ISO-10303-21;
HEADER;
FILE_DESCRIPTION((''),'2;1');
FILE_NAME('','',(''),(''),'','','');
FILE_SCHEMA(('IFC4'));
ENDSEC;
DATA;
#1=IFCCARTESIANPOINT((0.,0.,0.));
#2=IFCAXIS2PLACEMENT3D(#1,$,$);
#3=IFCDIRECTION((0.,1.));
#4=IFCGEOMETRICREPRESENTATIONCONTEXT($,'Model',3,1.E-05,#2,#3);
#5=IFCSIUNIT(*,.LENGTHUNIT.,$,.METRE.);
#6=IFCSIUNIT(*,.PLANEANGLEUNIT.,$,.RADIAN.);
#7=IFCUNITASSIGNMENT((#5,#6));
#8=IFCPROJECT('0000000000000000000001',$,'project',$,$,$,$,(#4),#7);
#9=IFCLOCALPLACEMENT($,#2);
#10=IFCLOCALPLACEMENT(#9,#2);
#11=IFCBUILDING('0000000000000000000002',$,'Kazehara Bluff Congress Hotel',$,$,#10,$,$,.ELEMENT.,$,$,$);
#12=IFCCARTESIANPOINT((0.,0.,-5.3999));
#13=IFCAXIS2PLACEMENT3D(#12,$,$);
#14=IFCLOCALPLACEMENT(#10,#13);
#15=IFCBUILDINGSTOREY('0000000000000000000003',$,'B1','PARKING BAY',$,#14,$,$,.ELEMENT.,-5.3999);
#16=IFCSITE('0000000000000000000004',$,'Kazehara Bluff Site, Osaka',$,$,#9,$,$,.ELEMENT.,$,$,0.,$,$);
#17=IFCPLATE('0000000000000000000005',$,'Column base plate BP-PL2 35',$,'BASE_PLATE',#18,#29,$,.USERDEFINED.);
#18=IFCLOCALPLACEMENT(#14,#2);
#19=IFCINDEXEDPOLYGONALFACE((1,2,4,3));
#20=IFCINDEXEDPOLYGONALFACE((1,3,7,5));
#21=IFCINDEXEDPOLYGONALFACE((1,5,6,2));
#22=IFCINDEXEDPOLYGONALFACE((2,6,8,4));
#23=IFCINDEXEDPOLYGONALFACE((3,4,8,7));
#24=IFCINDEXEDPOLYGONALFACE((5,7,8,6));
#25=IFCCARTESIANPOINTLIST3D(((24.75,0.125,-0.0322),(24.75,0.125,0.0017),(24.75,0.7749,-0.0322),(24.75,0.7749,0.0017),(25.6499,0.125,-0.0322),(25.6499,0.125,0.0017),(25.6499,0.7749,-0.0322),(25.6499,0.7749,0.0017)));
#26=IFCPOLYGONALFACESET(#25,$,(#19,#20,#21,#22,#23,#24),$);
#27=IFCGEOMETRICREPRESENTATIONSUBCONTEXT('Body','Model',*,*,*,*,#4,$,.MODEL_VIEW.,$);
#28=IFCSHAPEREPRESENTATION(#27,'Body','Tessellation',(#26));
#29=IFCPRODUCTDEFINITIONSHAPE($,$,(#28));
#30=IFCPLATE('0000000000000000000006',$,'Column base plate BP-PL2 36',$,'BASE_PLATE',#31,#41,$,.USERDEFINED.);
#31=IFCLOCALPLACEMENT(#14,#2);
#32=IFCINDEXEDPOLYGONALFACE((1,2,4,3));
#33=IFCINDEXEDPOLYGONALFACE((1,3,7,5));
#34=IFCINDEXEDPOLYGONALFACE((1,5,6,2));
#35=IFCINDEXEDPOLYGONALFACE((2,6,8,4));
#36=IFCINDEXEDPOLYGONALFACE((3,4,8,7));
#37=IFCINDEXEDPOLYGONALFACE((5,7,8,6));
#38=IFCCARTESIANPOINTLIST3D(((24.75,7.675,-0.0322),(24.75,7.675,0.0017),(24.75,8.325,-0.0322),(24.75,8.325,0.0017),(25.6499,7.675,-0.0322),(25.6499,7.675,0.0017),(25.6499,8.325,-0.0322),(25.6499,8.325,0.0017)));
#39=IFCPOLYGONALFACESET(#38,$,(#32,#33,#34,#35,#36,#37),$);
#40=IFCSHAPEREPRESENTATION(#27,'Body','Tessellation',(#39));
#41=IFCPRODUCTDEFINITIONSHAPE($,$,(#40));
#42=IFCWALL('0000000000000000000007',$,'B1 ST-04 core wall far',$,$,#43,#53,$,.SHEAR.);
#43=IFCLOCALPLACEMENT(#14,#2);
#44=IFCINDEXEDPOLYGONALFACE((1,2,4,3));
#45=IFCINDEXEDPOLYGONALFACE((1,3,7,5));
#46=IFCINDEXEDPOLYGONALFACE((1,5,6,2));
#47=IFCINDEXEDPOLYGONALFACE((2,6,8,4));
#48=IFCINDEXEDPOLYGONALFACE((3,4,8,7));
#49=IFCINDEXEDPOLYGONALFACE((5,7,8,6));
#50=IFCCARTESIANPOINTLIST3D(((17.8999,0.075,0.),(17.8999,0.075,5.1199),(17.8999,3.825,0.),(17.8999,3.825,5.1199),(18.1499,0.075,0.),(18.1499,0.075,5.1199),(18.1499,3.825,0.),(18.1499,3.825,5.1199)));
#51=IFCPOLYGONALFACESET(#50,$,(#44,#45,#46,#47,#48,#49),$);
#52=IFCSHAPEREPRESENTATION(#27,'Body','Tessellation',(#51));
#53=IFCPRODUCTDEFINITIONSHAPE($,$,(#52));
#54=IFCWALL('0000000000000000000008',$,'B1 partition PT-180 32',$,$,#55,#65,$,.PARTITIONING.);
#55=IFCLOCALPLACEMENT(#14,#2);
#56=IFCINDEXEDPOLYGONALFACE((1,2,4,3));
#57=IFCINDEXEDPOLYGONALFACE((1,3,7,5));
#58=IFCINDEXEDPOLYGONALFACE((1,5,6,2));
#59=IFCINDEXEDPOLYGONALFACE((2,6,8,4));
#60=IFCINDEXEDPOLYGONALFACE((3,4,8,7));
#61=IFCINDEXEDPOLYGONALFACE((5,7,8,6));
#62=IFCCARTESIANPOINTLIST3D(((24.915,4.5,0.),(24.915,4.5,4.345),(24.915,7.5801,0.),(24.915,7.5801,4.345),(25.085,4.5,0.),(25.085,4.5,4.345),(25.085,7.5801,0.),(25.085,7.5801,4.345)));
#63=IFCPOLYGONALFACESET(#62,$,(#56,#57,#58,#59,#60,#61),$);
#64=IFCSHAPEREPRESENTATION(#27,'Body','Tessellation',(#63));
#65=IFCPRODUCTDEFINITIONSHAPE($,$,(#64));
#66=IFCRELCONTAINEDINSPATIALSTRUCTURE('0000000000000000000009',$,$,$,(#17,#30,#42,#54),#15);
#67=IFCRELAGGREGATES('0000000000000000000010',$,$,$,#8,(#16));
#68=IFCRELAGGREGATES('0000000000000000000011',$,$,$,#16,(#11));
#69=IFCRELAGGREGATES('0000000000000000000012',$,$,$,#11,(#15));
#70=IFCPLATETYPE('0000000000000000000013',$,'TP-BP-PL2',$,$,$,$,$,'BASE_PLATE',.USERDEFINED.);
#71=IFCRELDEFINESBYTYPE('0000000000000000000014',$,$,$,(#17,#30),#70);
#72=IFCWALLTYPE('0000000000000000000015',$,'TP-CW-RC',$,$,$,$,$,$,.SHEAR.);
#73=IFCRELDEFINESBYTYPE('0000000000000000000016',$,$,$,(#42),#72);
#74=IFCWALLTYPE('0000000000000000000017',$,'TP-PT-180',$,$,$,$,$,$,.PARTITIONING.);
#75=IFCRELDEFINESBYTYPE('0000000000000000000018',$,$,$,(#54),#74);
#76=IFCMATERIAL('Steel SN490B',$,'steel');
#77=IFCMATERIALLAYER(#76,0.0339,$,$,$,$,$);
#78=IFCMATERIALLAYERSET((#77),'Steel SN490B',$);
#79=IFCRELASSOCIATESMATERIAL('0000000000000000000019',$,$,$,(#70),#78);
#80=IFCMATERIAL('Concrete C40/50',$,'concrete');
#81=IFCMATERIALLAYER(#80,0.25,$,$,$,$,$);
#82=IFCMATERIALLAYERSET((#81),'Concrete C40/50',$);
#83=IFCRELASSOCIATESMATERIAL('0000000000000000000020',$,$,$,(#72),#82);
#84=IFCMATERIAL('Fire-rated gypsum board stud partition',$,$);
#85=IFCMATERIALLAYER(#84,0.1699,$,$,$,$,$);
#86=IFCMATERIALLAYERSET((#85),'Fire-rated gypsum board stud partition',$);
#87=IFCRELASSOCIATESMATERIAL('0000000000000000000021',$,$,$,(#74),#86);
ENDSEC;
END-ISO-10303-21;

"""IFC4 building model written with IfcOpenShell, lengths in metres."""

from ifc_helpers import new_model, si_unit, direction, frame, frame_2d, origin, origin_2d, place, context, subcontext, project, spatial, rectangle, extrude, material, layer, layer_set, type_object, element, save


model = new_model("IFC4")

# Units and contexts
model_context = context("Model", 3, precision=1e-05, world=origin(), true_north=direction((0.0, 1.0)))
body_context = subcontext(model_context, "Body", "Model", "MODEL_VIEW")
ifc_project = project(units=[si_unit("LENGTHUNIT", "METRE"), si_unit("PLANEANGLEUNIT", "RADIAN")], contexts=[model_context])

# Site, building, storey
site_placement = place(None, origin())
site = spatial("IfcSite", under=ifc_project, at=site_placement, Name="Kazehara Bluff Site, Osaka", CompositionType="ELEMENT", RefElevation=0.0)
building_placement = place(site_placement, origin())
building = spatial("IfcBuilding", under=site, at=building_placement, Name="Kazehara Bluff Congress Hotel", CompositionType="ELEMENT")
storey_placement = place(building_placement, frame((0.0, 0.0, -5.3999)))
storey = spatial("IfcBuildingStorey", under=building, at=storey_placement, Name="B1", Description="PARKING BAY", CompositionType="ELEMENT", Elevation=-5.3999)

# Plates
ifc_material_1 = material(Name="Steel SN490B", Category="steel")
ifc_layer_1 = layer(ifc_material_1, 0.0339)
ifc_layer_set_1 = layer_set([ifc_layer_1], Name="Steel SN490B")
plate_type = type_object("IfcPlateType", Name="TP-BP-PL2", ElementType="BASE_PLATE", PredefinedType="USERDEFINED", material=ifc_layer_set_1)
for number, where, z_axis, x_axis, name in (
    (1, (25.2, 0.45, -0.0322), (0.0, 0.0, 1.0), (1.0, 0.0, 0.0), "Column base plate BP-PL2 35"),
    (2, (25.2, 8.0, -0.0322), (0.0, 0.0, 1.0), (1.0, 0.0, 0.0), "Column base plate BP-PL2 36"),
):
    element("IfcPlate", number, at=place(storey_placement, frame(where, z_axis=z_axis, x_axis=x_axis)), inside=storey, type_object=plate_type, Name=name, ObjectType="BASE_PLATE", PredefinedType="USERDEFINED", context=body_context, shape_type="SweptSolid", body=[
        extrude(rectangle(XDim=0.8999, YDim=0.6499, at=origin_2d()), origin(), (0.0, 0.0, 1.0), 0.0339),
    ])

# Walls
ifc_material_2 = material(Name="Concrete C40/50", Category="concrete")
ifc_layer_2 = layer(ifc_material_2, 0.25)
ifc_layer_set_2 = layer_set([ifc_layer_2], Name="Concrete C40/50")
wall_type_1 = type_object("IfcWallType", Name="TP-CW-RC", PredefinedType="SHEAR", material=ifc_layer_set_2)
wall_1_placement = place(storey_placement, frame((18.0249, 3.825, 0.0), z_axis=(0.0, 0.0, 1.0), x_axis=(0.0, -1.0, 0.0)))
element("IfcWall", 3, at=wall_1_placement, inside=storey, type_object=wall_type_1, Name="B1 ST-04 core wall far", PredefinedType="SHEAR", context=body_context, shape_type="SweptSolid", body=[
    extrude(rectangle(XDim=3.75, YDim=0.25, at=frame_2d((1.875, 0.0))), origin(), (0.0, 0.0, 1.0), 5.1199),
])
ifc_material_3 = material(Name="Fire-rated gypsum board stud partition")
ifc_layer_3 = layer(ifc_material_3, 0.1699)
ifc_layer_set_3 = layer_set([ifc_layer_3], Name="Fire-rated gypsum board stud partition")
wall_type_2 = type_object("IfcWallType", Name="TP-PT-180", PredefinedType="PARTITIONING", material=ifc_layer_set_3)
wall_2_placement = place(storey_placement, frame((25.0, 4.5, 0.0), z_axis=(0.0, 0.0, 1.0), x_axis=(0.0, 1.0, 0.0)))
element("IfcWall", 4, at=wall_2_placement, inside=storey, type_object=wall_type_2, Name="B1 partition PT-180 32", PredefinedType="PARTITIONING", context=body_context, shape_type="SweptSolid", body=[
    extrude(rectangle(XDim=3.0801, YDim=0.1699, at=frame_2d((1.54, 0.0))), origin(), (0.0, 0.0, 1.0), 4.345),
])

save(model, "model.ifc")
